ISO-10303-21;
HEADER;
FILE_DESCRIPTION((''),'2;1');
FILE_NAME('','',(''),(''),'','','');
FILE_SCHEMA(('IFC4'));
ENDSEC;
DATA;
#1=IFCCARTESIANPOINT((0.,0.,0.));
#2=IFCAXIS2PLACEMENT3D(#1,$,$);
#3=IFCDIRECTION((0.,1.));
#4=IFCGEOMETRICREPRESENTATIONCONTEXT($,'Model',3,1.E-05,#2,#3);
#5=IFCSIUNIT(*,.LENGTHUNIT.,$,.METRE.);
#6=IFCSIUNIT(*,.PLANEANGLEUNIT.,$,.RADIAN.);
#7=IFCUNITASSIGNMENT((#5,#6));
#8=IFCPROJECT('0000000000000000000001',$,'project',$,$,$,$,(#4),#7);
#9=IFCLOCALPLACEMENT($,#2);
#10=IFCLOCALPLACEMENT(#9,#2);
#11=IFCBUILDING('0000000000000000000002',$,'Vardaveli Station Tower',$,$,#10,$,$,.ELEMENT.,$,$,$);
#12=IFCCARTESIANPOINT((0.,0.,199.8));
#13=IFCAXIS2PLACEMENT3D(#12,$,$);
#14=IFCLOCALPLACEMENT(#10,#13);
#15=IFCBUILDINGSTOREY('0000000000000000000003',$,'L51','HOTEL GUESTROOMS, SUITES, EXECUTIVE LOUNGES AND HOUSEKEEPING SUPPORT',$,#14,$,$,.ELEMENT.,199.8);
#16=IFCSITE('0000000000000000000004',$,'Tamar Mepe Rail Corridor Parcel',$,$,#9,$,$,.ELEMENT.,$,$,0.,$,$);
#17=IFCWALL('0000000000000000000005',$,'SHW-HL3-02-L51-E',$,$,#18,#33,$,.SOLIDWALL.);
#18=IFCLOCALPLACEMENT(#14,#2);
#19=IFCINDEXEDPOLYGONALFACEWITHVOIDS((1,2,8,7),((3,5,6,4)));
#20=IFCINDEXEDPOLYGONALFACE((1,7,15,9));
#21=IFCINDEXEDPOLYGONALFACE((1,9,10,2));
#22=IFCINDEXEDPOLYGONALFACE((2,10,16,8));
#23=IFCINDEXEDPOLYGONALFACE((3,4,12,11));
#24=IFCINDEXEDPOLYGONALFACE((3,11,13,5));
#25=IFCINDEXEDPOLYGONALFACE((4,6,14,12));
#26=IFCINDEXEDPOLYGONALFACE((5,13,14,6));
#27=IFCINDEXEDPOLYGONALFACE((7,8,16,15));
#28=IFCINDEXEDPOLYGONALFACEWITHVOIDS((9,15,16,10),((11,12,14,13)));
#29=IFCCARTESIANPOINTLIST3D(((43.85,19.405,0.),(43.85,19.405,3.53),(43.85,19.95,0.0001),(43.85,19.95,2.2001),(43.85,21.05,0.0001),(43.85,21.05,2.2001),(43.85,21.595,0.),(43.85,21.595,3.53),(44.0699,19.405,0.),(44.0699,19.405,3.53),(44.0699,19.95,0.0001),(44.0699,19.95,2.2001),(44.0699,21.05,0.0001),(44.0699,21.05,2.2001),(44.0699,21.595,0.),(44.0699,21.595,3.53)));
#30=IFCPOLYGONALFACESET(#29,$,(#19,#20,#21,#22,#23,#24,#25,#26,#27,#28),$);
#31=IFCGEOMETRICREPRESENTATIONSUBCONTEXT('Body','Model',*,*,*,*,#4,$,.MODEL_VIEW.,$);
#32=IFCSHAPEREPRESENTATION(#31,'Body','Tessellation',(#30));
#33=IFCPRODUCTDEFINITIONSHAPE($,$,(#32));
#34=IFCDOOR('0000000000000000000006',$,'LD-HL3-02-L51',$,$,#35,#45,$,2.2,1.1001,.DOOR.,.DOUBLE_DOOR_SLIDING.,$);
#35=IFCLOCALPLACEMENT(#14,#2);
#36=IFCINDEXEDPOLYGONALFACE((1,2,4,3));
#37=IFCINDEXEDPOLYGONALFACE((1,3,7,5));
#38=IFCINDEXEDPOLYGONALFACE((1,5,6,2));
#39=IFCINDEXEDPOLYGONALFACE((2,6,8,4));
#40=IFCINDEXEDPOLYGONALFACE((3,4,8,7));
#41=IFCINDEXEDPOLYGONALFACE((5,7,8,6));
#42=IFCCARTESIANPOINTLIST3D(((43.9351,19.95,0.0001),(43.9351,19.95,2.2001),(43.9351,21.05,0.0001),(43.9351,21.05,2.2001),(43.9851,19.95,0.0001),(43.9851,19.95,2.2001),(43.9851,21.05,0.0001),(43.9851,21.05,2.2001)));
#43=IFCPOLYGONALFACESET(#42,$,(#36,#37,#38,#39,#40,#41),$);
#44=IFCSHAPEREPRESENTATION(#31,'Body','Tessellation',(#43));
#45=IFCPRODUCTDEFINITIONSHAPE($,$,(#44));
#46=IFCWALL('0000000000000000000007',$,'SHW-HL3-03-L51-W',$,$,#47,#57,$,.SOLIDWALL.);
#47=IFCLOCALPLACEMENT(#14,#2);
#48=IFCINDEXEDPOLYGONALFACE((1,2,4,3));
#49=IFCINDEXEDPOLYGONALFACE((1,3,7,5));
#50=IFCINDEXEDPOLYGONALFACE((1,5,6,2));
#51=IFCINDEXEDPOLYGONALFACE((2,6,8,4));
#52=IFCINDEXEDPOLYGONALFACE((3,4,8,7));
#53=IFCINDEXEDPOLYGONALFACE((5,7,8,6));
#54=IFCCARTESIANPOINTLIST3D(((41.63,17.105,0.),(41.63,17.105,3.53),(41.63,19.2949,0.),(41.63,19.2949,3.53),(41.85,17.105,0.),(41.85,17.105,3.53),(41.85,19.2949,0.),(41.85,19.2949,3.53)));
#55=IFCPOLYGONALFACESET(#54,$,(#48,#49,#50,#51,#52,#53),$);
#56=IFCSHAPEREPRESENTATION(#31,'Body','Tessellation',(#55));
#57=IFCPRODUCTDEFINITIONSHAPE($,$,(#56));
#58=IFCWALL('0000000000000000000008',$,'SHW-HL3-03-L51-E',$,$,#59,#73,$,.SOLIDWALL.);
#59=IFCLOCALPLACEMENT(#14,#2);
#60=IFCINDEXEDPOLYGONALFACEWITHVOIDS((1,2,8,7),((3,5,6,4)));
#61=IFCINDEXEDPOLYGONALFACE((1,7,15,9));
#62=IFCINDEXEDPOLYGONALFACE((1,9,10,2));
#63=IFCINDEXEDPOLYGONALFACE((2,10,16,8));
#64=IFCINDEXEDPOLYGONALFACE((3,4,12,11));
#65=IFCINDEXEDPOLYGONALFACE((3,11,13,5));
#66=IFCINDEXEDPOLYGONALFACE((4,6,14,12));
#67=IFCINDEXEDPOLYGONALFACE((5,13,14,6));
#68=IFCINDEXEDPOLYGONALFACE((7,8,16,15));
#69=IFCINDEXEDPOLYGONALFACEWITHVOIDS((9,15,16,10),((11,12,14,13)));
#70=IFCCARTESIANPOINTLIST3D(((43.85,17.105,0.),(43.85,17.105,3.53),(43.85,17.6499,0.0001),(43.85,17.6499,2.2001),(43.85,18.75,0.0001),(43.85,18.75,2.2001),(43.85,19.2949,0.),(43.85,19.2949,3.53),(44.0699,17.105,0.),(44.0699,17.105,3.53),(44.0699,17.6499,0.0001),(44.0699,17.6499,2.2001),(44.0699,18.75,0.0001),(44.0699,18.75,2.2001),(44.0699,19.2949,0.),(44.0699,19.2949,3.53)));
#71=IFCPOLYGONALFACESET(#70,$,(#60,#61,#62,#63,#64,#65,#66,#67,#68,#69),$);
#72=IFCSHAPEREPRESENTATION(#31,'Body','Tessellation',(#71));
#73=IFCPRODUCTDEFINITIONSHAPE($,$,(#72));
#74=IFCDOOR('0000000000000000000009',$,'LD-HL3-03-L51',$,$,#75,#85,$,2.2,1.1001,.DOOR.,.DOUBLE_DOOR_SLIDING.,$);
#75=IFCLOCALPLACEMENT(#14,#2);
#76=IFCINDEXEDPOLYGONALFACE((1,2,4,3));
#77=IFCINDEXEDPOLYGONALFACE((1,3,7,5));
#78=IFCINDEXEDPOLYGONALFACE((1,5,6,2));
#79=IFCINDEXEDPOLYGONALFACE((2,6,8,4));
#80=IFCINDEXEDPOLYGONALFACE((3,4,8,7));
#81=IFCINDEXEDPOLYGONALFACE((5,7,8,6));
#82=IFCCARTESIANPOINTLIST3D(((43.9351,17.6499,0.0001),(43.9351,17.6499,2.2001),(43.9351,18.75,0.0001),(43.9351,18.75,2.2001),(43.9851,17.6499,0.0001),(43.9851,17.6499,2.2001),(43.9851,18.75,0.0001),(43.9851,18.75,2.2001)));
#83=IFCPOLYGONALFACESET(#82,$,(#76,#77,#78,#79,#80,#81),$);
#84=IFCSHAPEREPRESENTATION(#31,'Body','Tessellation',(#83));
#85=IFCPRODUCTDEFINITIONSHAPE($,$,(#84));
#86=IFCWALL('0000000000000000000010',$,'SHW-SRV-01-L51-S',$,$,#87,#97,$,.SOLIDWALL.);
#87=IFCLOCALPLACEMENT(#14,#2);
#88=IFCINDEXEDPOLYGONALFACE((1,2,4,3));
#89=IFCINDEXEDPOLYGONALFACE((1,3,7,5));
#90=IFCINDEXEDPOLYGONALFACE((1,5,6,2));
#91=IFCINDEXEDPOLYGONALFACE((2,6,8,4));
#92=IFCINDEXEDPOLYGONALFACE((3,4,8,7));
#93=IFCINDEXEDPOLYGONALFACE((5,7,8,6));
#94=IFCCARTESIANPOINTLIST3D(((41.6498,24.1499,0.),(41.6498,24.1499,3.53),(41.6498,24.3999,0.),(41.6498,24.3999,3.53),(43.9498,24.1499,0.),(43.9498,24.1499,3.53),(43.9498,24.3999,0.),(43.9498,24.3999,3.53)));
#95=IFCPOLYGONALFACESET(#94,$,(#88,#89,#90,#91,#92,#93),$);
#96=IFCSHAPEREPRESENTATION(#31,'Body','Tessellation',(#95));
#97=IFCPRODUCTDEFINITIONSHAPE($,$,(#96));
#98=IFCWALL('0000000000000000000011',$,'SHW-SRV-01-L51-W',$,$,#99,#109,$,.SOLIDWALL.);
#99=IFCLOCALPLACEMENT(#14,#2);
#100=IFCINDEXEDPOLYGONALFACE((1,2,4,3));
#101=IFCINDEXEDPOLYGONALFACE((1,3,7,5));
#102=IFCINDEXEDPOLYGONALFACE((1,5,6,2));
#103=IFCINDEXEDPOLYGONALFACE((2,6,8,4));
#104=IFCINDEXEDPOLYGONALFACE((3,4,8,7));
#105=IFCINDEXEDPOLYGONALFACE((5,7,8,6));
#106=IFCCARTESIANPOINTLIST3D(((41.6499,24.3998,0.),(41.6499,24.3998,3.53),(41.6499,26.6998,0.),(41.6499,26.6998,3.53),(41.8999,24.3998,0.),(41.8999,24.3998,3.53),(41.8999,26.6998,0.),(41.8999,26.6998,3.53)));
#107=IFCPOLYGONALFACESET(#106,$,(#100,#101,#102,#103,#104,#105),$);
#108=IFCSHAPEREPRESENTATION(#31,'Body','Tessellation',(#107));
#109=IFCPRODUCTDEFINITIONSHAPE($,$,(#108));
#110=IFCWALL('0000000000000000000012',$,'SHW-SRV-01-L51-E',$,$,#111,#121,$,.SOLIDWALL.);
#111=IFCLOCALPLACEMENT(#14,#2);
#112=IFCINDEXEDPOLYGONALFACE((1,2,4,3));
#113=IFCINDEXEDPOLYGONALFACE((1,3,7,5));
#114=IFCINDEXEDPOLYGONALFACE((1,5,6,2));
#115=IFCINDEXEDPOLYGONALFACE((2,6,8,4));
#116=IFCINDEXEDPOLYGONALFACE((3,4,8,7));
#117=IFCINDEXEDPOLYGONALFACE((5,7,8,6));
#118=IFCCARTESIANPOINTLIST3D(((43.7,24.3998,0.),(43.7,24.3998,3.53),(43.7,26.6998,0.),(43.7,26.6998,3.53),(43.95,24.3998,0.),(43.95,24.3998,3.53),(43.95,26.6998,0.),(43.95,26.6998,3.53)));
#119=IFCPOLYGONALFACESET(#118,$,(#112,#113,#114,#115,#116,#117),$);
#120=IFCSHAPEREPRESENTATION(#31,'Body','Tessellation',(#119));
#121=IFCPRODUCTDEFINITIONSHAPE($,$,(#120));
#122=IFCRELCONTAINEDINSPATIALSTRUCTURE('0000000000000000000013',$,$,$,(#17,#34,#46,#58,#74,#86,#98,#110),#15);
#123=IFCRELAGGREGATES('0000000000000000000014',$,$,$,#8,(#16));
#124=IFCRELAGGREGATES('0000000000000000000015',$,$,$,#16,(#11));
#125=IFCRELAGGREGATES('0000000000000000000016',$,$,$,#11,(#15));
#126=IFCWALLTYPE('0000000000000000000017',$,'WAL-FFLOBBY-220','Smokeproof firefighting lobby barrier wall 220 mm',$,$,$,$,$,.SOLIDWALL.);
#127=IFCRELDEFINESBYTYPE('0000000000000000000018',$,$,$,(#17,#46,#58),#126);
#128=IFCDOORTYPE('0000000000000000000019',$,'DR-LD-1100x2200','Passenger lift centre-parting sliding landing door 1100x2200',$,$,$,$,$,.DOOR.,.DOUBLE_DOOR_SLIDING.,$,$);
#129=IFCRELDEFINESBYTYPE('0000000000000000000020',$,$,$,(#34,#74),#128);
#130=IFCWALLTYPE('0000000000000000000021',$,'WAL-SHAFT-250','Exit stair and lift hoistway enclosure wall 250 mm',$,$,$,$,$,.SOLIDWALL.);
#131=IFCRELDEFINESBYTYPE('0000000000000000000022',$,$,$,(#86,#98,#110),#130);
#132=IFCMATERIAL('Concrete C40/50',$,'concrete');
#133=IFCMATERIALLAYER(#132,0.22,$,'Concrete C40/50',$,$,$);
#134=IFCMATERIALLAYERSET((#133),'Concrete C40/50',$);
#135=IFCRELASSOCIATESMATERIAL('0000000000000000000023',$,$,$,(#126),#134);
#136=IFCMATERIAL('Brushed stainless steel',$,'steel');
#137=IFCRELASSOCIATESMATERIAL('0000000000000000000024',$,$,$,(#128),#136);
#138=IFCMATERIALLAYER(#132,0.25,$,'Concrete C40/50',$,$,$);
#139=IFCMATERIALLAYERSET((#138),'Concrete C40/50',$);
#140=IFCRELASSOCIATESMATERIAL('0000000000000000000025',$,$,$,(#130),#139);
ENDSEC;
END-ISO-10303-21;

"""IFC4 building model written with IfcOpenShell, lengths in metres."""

from ifc_helpers import new_model, si_unit, direction, frame, frame_2d, origin, place, context, subcontext, project, spatial, rectangle, extrude, source, transform, mapped, material, layer, layer_set, type_object, element, fill, save


model = new_model("IFC4")

# Units and contexts
model_context = context("Model", 3, precision=1e-05, world=origin(), true_north=direction((0.0, 1.0)))
body_context = subcontext(model_context, "Body", "Model", "MODEL_VIEW")
ifc_project = project(units=[si_unit("LENGTHUNIT", "METRE"), si_unit("PLANEANGLEUNIT", "RADIAN")], contexts=[model_context])

# Site, building, storey
site_placement = place(None, origin())
site = spatial("IfcSite", under=ifc_project, at=site_placement, Name="Tamar Mepe Rail Corridor Parcel", CompositionType="ELEMENT", RefElevation=0.0)
building_placement = place(site_placement, origin())
building = spatial("IfcBuilding", under=site, at=building_placement, Name="Vardaveli Station Tower", CompositionType="ELEMENT")
storey_placement = place(building_placement, frame((0.0, 0.0, 199.8)))
storey = spatial("IfcBuildingStorey", under=building, at=storey_placement, Name="L51", Description="HOTEL GUESTROOMS, SUITES, EXECUTIVE LOUNGES AND HOUSEKEEPING SUPPORT", CompositionType="ELEMENT", Elevation=199.8)

# Shared definitions
ifc_material_1 = material(Name="Concrete C40/50", Category="concrete")
ifc_layer_1 = layer(ifc_material_1, 0.22, Name="Concrete C40/50")
ifc_layer_set_1 = layer_set([ifc_layer_1], Name="Concrete C40/50")
wall_type_1 = type_object("IfcWallType", Name="WAL-FFLOBBY-220", Description="Smokeproof firefighting lobby barrier wall 220 mm", PredefinedType="SOLIDWALL", material=ifc_layer_set_1)
shared_shape_1 = source(origin(), body_context, "Body", "SweptSolid", [
    extrude(rectangle(XDim=2.1899, YDim=0.22, at=frame_2d((1.095, 0.0))), origin(), (0.0, 0.0, 1.0), 3.53),
])

# Wall, opening, door
wall_1_placement = place(storey_placement, frame((43.96, 19.405, 0.0), z_axis=(0.0, 0.0, 1.0), x_axis=(0.0, 1.0, 0.0)))
wall_1 = element("IfcWall", 1, at=wall_1_placement, inside=storey, type_object=wall_type_1, Name="SHW-HL3-02-L51-E", PredefinedType="SOLIDWALL", context=body_context, shape_type="MappedRepresentation", body=[
    mapped(shared_shape_1, transform((0.0, 0.0, 0.0), scale=1.0)),
])
shared_shape_2 = source(origin(), body_context, "Body", "SweptSolid", [
    extrude(rectangle(XDim=1.1001, YDim=2.2, at=frame_2d((0.55, 1.1001))), frame((0.0, 0.1201, 0.0), z_axis=(0.0, -1.0, 0.0), x_axis=(1.0, 0.0, 0.0)), (0.0, 0.0, 1.0), 0.24),
])
opening_1_placement = place(wall_1_placement, frame((0.5449, 0.0, 0.0)))
opening_1 = element("IfcOpeningElement", 2, at=opening_1_placement, cuts=wall_1, PredefinedType="OPENING", context=body_context, shape_type="MappedRepresentation", body=[
    mapped(shared_shape_2, transform((0.0, 0.0, 0.0), scale=1.0)),
])
ifc_material_2 = material(Name="Brushed stainless steel", Category="steel")
door_type = type_object("IfcDoorType", Name="DR-LD-1100x2200", Description="Passenger lift centre-parting sliding landing door 1100x2200", OperationType="DOUBLE_DOOR_SLIDING", PredefinedType="DOOR", material=ifc_material_2)
shared_shape_3 = source(origin(), body_context, "Body", "SweptSolid", [
    extrude(rectangle(XDim=1.1001, YDim=2.2, at=frame_2d((0.55, 1.1001))), frame((0.0, 0.0249, 0.0), z_axis=(0.0, -1.0, 0.0), x_axis=(1.0, 0.0, 0.0)), (0.0, 0.0, 1.0), 0.05),
])
door_1_placement = place(opening_1_placement, origin())
door_1 = element("IfcDoor", 3, at=door_1_placement, inside=storey, type_object=door_type, Name="LD-HL3-02-L51", OperationType="DOUBLE_DOOR_SLIDING", OverallHeight=2.2, OverallWidth=1.1001, PredefinedType="DOOR", context=body_context, shape_type="MappedRepresentation", body=[
    mapped(shared_shape_3, transform((0.0, 0.0, 0.0), scale=1.0)),
])
fill(opening_1, door_1)

# Wall
wall_2_placement = place(storey_placement, frame((41.74, 17.105, 0.0), z_axis=(0.0, 0.0, 1.0), x_axis=(0.0, 1.0, 0.0)))
element("IfcWall", 4, at=wall_2_placement, inside=storey, type_object=wall_type_1, Name="SHW-HL3-03-L51-W", PredefinedType="SOLIDWALL", context=body_context, shape_type="MappedRepresentation", body=[
    mapped(shared_shape_1, transform((0.0, 0.0, 0.0), scale=1.0)),
])

# Wall, opening, door
wall_3_placement = place(storey_placement, frame((43.96, 17.105, 0.0), z_axis=(0.0, 0.0, 1.0), x_axis=(0.0, 1.0, 0.0)))
wall_3 = element("IfcWall", 5, at=wall_3_placement, inside=storey, type_object=wall_type_1, Name="SHW-HL3-03-L51-E", PredefinedType="SOLIDWALL", context=body_context, shape_type="MappedRepresentation", body=[
    mapped(shared_shape_1, transform((0.0, 0.0, 0.0), scale=1.0)),
])
opening_2_placement = place(wall_3_placement, frame((0.5449, 0.0, 0.0)))
opening_2 = element("IfcOpeningElement", 6, at=opening_2_placement, cuts=wall_3, PredefinedType="OPENING", context=body_context, shape_type="MappedRepresentation", body=[
    mapped(shared_shape_2, transform((0.0, 0.0, 0.0), scale=1.0)),
])
door_2_placement = place(opening_2_placement, origin())
door_2 = element("IfcDoor", 7, at=door_2_placement, inside=storey, type_object=door_type, Name="LD-HL3-03-L51", OperationType="DOUBLE_DOOR_SLIDING", OverallHeight=2.2, OverallWidth=1.1001, PredefinedType="DOOR", context=body_context, shape_type="MappedRepresentation", body=[
    mapped(shared_shape_3, transform((0.0, 0.0, 0.0), scale=1.0)),
])
fill(opening_2, door_2)

# Walls
ifc_layer_2 = layer(ifc_material_1, 0.25, Name="Concrete C40/50")
ifc_layer_set_2 = layer_set([ifc_layer_2], Name="Concrete C40/50")
wall_type_2 = type_object("IfcWallType", Name="WAL-SHAFT-250", Description="Exit stair and lift hoistway enclosure wall 250 mm", PredefinedType="SOLIDWALL", material=ifc_layer_set_2)
shared_shape_4 = source(origin(), body_context, "Body", "SweptSolid", [
    extrude(rectangle(XDim=2.3, YDim=0.25, at=frame_2d((1.1499, 0.0))), origin(), (0.0, 0.0, 1.0), 3.53),
])
for number, where, z_axis, x_axis, name in (
    (8, (41.6499, 24.2749, 0.0), (0.0, 0.0, 1.0), (1.0, 0.0, 0.0), "SHW-SRV-01-L51-S"),
    (9, (41.7749, 24.3999, 0.0), (0.0, 0.0, 1.0), (0.0, 1.0, 0.0), "SHW-SRV-01-L51-W"),
    (10, (43.825, 24.3999, 0.0), (0.0, 0.0, 1.0), (0.0, 1.0, 0.0), "SHW-SRV-01-L51-E"),
):
    element("IfcWall", number, at=place(storey_placement, frame(where, z_axis=z_axis, x_axis=x_axis)), inside=storey, type_object=wall_type_2, Name=name, PredefinedType="SOLIDWALL", context=body_context, shape_type="MappedRepresentation", body=[
        mapped(shared_shape_4, transform((0.0, 0.0, 0.0), scale=1.0)),
    ])

save(model, "model.ifc")
